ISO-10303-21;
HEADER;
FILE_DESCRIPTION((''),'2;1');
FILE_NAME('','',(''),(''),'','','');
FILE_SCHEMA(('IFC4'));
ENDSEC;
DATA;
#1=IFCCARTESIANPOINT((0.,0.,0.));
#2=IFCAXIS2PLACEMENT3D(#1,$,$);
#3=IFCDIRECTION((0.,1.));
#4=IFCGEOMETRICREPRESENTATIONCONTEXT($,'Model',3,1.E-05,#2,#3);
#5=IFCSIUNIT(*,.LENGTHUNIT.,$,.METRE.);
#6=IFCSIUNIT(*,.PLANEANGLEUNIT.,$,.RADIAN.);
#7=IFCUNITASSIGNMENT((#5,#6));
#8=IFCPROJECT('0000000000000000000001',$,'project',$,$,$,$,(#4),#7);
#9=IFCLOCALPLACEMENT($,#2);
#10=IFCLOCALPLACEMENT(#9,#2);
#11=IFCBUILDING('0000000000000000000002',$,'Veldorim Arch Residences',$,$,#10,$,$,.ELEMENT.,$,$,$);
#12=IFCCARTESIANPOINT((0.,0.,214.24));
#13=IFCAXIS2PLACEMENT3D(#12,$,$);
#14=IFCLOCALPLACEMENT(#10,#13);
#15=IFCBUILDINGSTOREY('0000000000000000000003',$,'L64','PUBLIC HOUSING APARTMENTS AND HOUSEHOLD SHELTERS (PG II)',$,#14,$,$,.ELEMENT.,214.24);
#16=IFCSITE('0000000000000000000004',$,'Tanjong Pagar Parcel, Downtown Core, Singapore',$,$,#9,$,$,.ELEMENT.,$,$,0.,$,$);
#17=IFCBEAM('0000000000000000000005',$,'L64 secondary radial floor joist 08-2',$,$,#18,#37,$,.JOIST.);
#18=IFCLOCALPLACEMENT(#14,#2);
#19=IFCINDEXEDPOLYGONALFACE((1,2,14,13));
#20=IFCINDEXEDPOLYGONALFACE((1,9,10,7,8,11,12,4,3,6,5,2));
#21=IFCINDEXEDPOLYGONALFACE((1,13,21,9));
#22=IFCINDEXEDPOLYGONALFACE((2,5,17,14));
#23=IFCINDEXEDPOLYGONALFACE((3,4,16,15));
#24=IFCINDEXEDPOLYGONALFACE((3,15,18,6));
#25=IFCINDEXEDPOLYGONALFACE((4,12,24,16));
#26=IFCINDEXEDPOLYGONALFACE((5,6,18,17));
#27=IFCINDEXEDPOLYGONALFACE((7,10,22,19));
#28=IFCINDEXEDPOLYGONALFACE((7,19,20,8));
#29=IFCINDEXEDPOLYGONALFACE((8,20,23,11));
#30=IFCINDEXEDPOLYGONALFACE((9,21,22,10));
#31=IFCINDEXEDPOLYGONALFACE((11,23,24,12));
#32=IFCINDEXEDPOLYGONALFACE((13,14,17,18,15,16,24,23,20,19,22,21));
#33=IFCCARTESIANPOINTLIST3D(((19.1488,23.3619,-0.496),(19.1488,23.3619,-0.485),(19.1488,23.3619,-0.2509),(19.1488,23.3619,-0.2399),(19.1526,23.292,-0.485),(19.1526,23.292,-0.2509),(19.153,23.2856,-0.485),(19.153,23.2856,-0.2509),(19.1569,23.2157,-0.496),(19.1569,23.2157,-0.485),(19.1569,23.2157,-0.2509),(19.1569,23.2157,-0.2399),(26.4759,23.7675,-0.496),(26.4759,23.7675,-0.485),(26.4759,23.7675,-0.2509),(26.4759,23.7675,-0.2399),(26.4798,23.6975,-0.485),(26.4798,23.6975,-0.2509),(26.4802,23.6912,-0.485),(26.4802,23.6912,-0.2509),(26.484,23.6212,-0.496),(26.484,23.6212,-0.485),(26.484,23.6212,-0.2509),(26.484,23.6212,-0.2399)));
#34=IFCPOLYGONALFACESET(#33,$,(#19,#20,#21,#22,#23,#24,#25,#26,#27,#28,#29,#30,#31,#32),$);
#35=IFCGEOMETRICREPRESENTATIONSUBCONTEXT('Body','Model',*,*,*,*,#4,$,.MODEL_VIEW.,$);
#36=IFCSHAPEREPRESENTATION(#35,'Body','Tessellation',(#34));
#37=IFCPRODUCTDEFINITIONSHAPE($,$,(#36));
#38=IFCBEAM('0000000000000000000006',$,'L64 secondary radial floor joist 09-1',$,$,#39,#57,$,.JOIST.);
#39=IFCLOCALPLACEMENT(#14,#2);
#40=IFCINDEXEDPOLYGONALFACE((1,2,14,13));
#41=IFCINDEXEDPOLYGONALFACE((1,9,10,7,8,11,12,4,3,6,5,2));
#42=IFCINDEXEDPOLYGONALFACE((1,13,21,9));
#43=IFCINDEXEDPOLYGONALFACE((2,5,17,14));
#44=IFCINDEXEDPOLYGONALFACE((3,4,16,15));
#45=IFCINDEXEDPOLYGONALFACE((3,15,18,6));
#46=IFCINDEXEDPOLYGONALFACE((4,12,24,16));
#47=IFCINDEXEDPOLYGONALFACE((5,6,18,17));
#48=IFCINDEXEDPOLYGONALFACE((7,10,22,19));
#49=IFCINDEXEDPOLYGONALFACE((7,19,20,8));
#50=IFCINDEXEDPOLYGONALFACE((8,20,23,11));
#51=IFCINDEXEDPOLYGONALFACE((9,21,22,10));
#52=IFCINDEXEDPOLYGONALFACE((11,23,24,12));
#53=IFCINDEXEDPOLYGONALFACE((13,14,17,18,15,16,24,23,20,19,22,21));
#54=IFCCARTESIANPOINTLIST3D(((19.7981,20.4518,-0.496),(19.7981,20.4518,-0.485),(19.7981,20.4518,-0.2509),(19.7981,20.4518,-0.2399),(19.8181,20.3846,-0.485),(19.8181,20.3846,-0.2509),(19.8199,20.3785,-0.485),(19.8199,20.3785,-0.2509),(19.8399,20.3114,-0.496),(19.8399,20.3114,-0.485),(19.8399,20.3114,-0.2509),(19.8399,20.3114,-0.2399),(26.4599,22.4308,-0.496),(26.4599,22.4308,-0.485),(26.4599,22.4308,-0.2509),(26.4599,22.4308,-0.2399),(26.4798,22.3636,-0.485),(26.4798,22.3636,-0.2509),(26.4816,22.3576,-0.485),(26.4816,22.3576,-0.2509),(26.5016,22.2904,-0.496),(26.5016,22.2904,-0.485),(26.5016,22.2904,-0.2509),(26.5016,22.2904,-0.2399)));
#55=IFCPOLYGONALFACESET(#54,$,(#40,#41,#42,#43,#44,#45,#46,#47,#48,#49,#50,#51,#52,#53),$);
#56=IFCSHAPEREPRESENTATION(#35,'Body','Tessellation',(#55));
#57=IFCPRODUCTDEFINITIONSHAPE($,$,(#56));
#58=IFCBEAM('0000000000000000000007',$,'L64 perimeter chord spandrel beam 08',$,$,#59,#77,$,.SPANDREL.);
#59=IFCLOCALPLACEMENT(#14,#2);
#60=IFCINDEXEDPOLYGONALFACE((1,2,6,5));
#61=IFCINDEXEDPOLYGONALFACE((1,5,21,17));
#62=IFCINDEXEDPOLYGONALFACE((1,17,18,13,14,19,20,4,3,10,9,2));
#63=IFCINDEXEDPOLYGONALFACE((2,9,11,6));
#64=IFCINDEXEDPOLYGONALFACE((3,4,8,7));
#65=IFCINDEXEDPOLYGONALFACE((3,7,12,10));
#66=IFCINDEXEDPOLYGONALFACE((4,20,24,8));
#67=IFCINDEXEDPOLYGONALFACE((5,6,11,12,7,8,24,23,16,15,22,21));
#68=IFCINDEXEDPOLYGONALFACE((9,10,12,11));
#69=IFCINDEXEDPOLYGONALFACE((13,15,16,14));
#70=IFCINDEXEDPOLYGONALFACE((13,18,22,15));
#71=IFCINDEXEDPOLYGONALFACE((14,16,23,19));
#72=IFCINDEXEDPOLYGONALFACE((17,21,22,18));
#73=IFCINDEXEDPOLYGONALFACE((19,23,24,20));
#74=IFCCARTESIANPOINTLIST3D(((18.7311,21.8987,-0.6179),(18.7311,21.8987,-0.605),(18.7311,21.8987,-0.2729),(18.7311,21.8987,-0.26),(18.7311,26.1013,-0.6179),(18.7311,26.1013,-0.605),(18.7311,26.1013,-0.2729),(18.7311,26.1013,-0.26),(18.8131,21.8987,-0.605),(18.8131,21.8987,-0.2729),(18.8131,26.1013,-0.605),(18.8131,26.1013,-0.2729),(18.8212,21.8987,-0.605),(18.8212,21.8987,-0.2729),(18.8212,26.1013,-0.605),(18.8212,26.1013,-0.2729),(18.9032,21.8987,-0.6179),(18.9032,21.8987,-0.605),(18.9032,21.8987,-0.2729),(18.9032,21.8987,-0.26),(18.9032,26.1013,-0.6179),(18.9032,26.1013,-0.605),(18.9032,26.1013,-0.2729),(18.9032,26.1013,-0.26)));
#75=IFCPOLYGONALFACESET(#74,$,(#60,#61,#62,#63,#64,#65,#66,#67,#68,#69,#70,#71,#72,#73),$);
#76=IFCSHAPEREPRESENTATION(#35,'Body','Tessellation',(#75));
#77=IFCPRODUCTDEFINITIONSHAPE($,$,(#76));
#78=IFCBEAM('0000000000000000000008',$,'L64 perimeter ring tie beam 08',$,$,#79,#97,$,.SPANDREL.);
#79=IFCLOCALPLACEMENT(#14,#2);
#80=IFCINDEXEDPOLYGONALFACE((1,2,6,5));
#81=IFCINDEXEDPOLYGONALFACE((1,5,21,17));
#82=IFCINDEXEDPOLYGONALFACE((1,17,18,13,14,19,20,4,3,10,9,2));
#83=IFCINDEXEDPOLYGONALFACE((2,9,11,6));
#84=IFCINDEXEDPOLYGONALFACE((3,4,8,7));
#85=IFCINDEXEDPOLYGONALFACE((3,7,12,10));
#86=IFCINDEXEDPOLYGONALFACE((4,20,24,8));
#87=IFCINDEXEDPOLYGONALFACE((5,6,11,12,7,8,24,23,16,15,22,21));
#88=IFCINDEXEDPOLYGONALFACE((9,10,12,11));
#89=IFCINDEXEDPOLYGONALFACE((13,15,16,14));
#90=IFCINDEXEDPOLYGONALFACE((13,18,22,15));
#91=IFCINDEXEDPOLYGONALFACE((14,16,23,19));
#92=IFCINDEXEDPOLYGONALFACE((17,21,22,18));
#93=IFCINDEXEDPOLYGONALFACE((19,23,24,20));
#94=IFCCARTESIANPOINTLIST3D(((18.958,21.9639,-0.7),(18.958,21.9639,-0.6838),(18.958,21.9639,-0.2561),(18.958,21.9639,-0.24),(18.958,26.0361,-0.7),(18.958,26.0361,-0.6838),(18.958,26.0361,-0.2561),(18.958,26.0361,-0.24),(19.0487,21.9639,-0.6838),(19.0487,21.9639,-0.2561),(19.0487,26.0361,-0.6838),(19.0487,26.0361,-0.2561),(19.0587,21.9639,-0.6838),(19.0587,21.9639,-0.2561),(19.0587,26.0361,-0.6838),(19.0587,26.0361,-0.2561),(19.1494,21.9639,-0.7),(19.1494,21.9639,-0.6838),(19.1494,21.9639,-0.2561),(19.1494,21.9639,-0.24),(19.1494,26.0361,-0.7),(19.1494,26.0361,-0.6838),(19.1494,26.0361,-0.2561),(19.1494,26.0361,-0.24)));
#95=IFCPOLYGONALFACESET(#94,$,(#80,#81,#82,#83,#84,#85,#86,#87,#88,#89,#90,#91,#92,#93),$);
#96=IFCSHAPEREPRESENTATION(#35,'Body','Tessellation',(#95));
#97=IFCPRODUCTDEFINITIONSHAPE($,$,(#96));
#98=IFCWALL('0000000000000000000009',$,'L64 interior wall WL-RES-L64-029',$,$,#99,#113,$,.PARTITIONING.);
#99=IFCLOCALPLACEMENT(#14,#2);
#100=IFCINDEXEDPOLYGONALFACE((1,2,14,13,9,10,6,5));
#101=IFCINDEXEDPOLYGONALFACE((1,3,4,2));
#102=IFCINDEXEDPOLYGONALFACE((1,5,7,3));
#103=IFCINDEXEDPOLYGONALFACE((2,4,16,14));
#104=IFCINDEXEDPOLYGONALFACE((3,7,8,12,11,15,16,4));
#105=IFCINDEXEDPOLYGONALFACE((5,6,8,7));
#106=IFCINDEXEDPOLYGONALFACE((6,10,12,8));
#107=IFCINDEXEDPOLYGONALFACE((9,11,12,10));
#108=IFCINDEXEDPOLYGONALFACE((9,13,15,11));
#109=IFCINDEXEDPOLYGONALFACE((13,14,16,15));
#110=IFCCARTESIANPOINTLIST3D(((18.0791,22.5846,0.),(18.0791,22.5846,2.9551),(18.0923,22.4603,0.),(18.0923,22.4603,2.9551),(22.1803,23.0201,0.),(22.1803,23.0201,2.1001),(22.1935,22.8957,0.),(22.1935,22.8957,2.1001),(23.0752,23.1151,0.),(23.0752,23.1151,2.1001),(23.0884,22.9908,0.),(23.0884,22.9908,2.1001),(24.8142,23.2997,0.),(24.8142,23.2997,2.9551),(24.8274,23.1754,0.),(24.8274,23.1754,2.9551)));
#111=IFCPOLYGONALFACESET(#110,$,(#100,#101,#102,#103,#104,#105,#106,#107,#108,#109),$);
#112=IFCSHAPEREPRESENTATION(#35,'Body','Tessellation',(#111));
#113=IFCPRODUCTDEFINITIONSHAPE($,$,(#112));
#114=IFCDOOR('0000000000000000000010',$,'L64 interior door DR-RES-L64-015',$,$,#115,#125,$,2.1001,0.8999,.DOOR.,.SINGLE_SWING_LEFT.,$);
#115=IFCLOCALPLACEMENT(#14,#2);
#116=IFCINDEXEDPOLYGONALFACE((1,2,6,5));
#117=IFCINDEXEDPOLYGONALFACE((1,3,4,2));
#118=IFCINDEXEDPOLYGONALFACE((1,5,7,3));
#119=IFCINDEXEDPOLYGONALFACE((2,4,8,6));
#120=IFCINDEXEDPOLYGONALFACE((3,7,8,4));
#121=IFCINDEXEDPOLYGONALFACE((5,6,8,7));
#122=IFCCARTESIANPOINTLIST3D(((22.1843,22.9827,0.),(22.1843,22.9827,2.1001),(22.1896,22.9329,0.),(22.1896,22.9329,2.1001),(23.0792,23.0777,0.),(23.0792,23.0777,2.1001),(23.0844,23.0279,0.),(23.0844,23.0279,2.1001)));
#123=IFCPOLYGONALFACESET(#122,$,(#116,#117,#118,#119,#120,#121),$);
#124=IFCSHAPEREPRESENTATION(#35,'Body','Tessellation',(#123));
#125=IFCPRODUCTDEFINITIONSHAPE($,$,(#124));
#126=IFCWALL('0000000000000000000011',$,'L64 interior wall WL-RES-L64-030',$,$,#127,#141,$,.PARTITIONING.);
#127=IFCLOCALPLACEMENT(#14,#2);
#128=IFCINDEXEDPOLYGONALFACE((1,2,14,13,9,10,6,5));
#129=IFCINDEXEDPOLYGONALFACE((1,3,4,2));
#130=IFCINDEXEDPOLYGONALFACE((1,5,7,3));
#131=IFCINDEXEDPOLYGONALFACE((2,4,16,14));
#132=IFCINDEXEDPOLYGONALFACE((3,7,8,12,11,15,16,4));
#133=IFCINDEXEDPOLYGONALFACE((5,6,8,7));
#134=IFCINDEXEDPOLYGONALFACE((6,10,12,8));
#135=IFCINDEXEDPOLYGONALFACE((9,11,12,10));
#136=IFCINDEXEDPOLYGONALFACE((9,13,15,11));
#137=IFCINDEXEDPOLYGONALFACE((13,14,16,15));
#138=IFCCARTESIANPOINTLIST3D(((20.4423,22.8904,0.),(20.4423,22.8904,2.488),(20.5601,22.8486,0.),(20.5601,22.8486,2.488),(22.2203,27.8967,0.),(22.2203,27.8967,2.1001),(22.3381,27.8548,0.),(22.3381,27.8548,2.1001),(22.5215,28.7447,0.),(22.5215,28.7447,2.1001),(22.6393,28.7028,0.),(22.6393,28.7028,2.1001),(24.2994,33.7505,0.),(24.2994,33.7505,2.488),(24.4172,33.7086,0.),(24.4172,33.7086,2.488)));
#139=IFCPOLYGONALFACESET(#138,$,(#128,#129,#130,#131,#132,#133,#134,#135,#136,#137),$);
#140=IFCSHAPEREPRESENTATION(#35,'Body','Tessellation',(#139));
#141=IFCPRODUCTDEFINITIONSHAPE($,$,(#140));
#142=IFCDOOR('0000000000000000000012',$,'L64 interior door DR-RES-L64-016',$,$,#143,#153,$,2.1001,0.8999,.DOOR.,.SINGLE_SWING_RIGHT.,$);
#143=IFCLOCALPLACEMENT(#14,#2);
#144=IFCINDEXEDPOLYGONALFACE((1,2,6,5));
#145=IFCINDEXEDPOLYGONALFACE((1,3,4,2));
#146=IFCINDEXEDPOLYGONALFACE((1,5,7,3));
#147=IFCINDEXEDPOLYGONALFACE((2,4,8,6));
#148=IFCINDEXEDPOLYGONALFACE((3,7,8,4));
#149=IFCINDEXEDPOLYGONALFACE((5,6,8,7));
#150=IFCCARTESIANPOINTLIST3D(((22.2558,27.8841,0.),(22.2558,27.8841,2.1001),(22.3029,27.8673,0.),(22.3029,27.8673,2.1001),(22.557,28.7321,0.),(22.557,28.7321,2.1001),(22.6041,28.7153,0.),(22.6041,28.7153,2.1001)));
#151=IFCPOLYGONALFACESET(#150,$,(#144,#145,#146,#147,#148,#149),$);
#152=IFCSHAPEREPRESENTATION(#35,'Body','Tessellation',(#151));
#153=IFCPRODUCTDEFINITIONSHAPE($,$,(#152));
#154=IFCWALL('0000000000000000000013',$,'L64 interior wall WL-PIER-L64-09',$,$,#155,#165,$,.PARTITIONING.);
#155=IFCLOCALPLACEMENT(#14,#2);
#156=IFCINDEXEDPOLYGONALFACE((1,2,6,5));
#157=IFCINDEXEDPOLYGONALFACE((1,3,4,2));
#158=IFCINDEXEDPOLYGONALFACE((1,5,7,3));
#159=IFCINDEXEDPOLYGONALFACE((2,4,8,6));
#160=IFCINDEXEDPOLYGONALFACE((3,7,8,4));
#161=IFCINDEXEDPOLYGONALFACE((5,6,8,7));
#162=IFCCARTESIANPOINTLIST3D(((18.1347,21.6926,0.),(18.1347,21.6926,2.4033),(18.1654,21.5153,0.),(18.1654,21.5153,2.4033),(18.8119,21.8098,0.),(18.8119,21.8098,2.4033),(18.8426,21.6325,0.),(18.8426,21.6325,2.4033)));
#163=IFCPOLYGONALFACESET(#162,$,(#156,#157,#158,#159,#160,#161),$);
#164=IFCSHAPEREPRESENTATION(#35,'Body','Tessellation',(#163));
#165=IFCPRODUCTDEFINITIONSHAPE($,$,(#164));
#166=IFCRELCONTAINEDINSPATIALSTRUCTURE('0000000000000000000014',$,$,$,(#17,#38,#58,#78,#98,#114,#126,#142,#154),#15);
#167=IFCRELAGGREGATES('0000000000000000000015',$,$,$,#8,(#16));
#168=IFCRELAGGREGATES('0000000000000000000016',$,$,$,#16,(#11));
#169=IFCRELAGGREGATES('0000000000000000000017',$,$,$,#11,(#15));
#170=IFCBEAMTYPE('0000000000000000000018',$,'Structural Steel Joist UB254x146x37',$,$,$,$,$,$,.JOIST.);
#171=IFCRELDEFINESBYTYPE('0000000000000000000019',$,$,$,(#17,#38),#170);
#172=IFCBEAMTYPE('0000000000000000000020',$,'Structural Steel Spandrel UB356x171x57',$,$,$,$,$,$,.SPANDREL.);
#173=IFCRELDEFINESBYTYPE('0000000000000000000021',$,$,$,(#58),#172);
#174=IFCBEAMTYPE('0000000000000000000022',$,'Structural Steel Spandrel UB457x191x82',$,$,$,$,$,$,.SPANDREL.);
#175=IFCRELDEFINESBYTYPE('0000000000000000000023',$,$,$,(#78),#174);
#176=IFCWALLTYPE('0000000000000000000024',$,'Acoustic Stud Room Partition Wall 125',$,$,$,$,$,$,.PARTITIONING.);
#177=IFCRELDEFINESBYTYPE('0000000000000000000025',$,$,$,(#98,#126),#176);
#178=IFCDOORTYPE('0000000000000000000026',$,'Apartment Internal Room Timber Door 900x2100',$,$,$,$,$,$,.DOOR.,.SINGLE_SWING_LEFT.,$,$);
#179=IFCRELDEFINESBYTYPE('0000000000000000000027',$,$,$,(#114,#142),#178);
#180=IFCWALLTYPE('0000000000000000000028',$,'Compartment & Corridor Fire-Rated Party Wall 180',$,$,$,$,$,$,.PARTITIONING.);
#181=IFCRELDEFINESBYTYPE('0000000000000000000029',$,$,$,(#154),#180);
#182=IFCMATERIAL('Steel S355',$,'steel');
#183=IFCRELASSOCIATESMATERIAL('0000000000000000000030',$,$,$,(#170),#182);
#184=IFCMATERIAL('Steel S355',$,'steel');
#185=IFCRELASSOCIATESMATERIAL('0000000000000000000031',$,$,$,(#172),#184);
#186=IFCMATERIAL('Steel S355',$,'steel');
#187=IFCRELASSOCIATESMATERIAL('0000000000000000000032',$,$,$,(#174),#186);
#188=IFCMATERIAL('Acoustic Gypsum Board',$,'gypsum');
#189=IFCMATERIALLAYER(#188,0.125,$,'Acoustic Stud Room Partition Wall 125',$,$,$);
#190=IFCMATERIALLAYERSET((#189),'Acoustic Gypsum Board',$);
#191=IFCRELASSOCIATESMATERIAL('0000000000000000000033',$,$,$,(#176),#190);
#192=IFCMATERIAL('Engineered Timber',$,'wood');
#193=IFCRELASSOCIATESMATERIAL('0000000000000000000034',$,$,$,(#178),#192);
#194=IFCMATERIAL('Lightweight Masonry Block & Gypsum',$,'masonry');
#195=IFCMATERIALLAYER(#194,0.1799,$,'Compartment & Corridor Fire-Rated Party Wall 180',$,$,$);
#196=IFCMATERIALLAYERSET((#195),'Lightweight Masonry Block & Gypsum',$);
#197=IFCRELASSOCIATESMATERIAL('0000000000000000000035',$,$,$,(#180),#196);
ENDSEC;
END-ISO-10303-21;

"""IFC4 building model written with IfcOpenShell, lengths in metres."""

from ifc_helpers import new_model, si_unit, direction, frame, frame_2d, origin, origin_2d, place, context, subcontext, project, spatial, rectangle, i_section, extrude, material, layer, layer_set, material_profile, profile_set, type_object, element, fill, save


model = new_model("IFC4")

# Units and contexts
model_context = context("Model", 3, precision=1e-05, world=origin(), true_north=direction((0.0, 1.0)))
body_context = subcontext(model_context, "Body", "Model", "MODEL_VIEW")
ifc_project = project(units=[si_unit("LENGTHUNIT", "METRE"), si_unit("PLANEANGLEUNIT", "RADIAN")], contexts=[model_context])

# Site, building, storey
site_placement = place(None, origin())
site = spatial("IfcSite", under=ifc_project, at=site_placement, Name="Tanjong Pagar Parcel, Downtown Core, Singapore", CompositionType="ELEMENT", RefElevation=0.0)
building_placement = place(site_placement, origin())
building = spatial("IfcBuilding", under=site, at=building_placement, Name="Veldorim Arch Residences", CompositionType="ELEMENT")
storey_placement = place(building_placement, frame((0.0, 0.0, 214.24)))
storey = spatial("IfcBuildingStorey", under=building, at=storey_placement, Name="L64", Description="PUBLIC HOUSING APARTMENTS AND HOUSEHOLD SHELTERS (PG II)", CompositionType="ELEMENT", Elevation=214.24)

# Beams
ifc_material_1 = material(Name="Steel S355", Category="steel")
ifc_material_profile_1 = material_profile(ifc_material_1, i_section(OverallWidth=0.1465, OverallDepth=0.2561, WebThickness=0.0063, FlangeThickness=0.011, at=origin_2d()), Name="UB254x146x37")
ifc_profile_set_1 = profile_set([ifc_material_profile_1], Name="Steel S355")
beam_type_1 = type_object("IfcBeamType", Name="Structural Steel Joist UB254x146x37", PredefinedType="JOIST", material=ifc_profile_set_1)
for number, where, z_axis, x_axis, name in (
    (1, (26.48, 23.6943, -0.3679), (-0.998472, -0.05526, 0.0), (0.05526, -0.998472, 0.0), "L64 secondary radial floor joist 08-2"),
):
    element("IfcBeam", number, at=place(storey_placement, frame(where, z_axis=z_axis, x_axis=x_axis)), inside=storey, type_object=beam_type_1, Name=name, PredefinedType="JOIST", context=body_context, shape_type="SweptSolid", body=[
        extrude(i_section(OverallWidth=0.1465, OverallDepth=0.2561, WebThickness=0.0063, FlangeThickness=0.011, at=origin_2d()), origin(), (0.0, 0.0, 1.0), 7.3384),
    ])
beam_1_placement = place(storey_placement, frame((26.4807, 22.3606, -0.3679), z_axis=(-0.958594, -0.284775, 0.0), x_axis=(0.284775, -0.958594, 0.0)))
element("IfcBeam", 2, at=beam_1_placement, inside=storey, type_object=beam_type_1, Name="L64 secondary radial floor joist 09-1", PredefinedType="JOIST", context=body_context, shape_type="SweptSolid", body=[
    extrude(i_section(OverallWidth=0.1465, OverallDepth=0.2561, WebThickness=0.0063, FlangeThickness=0.011, at=origin_2d()), origin(), (0.0, 0.0, 1.0), 6.9495),
])
ifc_material_2 = material(Name="Steel S355", Category="steel")
ifc_material_profile_2 = material_profile(ifc_material_2, i_section(OverallWidth=0.1721, OverallDepth=0.3579, WebThickness=0.0081, FlangeThickness=0.0129, at=origin_2d()), Name="UB356x171x57")
ifc_profile_set_2 = profile_set([ifc_material_profile_2], Name="Steel S355")
beam_type_2 = type_object("IfcBeamType", Name="Structural Steel Spandrel UB356x171x57", PredefinedType="SPANDREL", material=ifc_profile_set_2)
beam_2_placement = place(storey_placement, frame((18.8171, 26.1013, -0.439), z_axis=(0.0, -1.0, 0.0), x_axis=(1.0, 0.0, 0.0)))
element("IfcBeam", 3, at=beam_2_placement, inside=storey, type_object=beam_type_2, Name="L64 perimeter chord spandrel beam 08", PredefinedType="SPANDREL", context=body_context, shape_type="SweptSolid", body=[
    extrude(i_section(OverallWidth=0.1721, OverallDepth=0.3579, WebThickness=0.0081, FlangeThickness=0.0129, at=origin_2d()), origin(), (0.0, 0.0, 1.0), 4.2026),
])
ifc_material_3 = material(Name="Steel S355", Category="steel")
ifc_material_profile_3 = material_profile(ifc_material_3, i_section(OverallWidth=0.1914, OverallDepth=0.46, WebThickness=0.01, FlangeThickness=0.0161, at=origin_2d()), Name="UB457x191x82")
ifc_profile_set_3 = profile_set([ifc_material_profile_3], Name="Steel S355")
beam_type_3 = type_object("IfcBeamType", Name="Structural Steel Spandrel UB457x191x82", PredefinedType="SPANDREL", material=ifc_profile_set_3)
beam_3_placement = place(storey_placement, frame((19.0537, 26.0361, -0.47), z_axis=(0.0, -1.0, 0.0), x_axis=(1.0, 0.0, 0.0)))
element("IfcBeam", 4, at=beam_3_placement, inside=storey, type_object=beam_type_3, Name="L64 perimeter ring tie beam 08", PredefinedType="SPANDREL", context=body_context, shape_type="SweptSolid", body=[
    extrude(i_section(OverallWidth=0.1914, OverallDepth=0.46, WebThickness=0.01, FlangeThickness=0.0161, at=origin_2d()), origin(), (0.0, 0.0, 1.0), 4.0723),
])

# Walls, openings, doors
ifc_material_4 = material(Name="Acoustic Gypsum Board", Category="gypsum")
ifc_layer_1 = layer(ifc_material_4, 0.125, Name="Acoustic Stud Room Partition Wall 125")
ifc_layer_set_1 = layer_set([ifc_layer_1], Name="Acoustic Gypsum Board")
wall_type_1 = type_object("IfcWallType", Name="Acoustic Stud Room Partition Wall 125", PredefinedType="PARTITIONING", material=ifc_layer_set_1)
wall_1_placement = place(storey_placement, frame((18.0857, 22.5225, 0.0), z_axis=(0.0, 0.0, 1.0), x_axis=(0.994411, 0.10558, 0.0)))
wall_1 = element("IfcWall", 5, at=wall_1_placement, inside=storey, type_object=wall_type_1, Name="L64 interior wall WL-RES-L64-029", PredefinedType="PARTITIONING", context=body_context, shape_type="SweptSolid", body=[
    extrude(rectangle(XDim=6.7729, YDim=0.125, at=frame_2d((3.3865, 0.0))), origin(), (0.0, 0.0, 1.0), 2.9551),
])
opening_1_placement = place(wall_1_placement, frame((4.1243, 0.0, 0.0)))
opening_1 = element("IfcOpeningElement", 6, at=opening_1_placement, cuts=wall_1, PredefinedType="OPENING", context=body_context, shape_type="SweptSolid", body=[
    extrude(rectangle(XDim=0.8999, YDim=2.1001, at=frame_2d((0.45, 1.05))), frame((0.0, 0.0725, 0.0), z_axis=(0.0, -1.0, 0.0), x_axis=(1.0, 0.0, 0.0)), (0.0, 0.0, 1.0), 0.145),
])
ifc_material_5 = material(Name="Engineered Timber", Category="wood")
door_type = type_object("IfcDoorType", Name="Apartment Internal Room Timber Door 900x2100", OperationType="SINGLE_SWING_LEFT", PredefinedType="DOOR", material=ifc_material_5)
door_1_placement = place(opening_1_placement, origin())
door_1 = element("IfcDoor", 7, at=door_1_placement, inside=storey, type_object=door_type, Name="L64 interior door DR-RES-L64-015", OperationType="SINGLE_SWING_LEFT", OverallHeight=2.1001, OverallWidth=0.8999, PredefinedType="DOOR", context=body_context, shape_type="SweptSolid", body=[
    extrude(rectangle(XDim=0.8999, YDim=2.1001, at=frame_2d((0.45, 1.05))), frame((0.0, 0.0249, 0.0), z_axis=(0.0, -1.0, 0.0), x_axis=(1.0, 0.0, 0.0)), (0.0, 0.0, 1.0), 0.05),
])
fill(opening_1, door_1)
wall_2_placement = place(storey_placement, frame((20.5012, 22.8696, 0.0), z_axis=(0.0, 0.0, 1.0), x_axis=(0.334687, 0.942329, 0.0)))
wall_2 = element("IfcWall", 8, at=wall_2_placement, inside=storey, type_object=wall_type_1, Name="L64 interior wall WL-RES-L64-030", PredefinedType="PARTITIONING", context=body_context, shape_type="SweptSolid", body=[
    extrude(rectangle(XDim=11.5247, YDim=0.125, at=frame_2d((5.7622, 0.0))), origin(), (0.0, 0.0, 1.0), 2.488),
])
opening_2_placement = place(wall_2_placement, frame((5.3125, 0.0, 0.0)))
opening_2 = element("IfcOpeningElement", 9, at=opening_2_placement, cuts=wall_2, PredefinedType="OPENING", context=body_context, shape_type="SweptSolid", body=[
    extrude(rectangle(XDim=0.8999, YDim=2.1001, at=frame_2d((0.45, 1.05))), frame((0.0, 0.0725, 0.0), z_axis=(0.0, -1.0, 0.0), x_axis=(1.0, 0.0, 0.0)), (0.0, 0.0, 1.0), 0.145),
])
door_2_placement = place(opening_2_placement, origin())
door_2 = element("IfcDoor", 10, at=door_2_placement, inside=storey, type_object=door_type, Name="L64 interior door DR-RES-L64-016", OperationType="SINGLE_SWING_RIGHT", OverallHeight=2.1001, OverallWidth=0.8999, PredefinedType="DOOR", context=body_context, shape_type="SweptSolid", body=[
    extrude(rectangle(XDim=0.8999, YDim=2.1001, at=frame_2d((0.45, 1.05))), frame((0.0, 0.0249, 0.0), z_axis=(0.0, -1.0, 0.0), x_axis=(1.0, 0.0, 0.0)), (0.0, 0.0, 1.0), 0.05),
])
fill(opening_2, door_2)

# Wall
ifc_material_6 = material(Name="Lightweight Masonry Block & Gypsum", Category="masonry")
ifc_layer_2 = layer(ifc_material_6, 0.1799, Name="Compartment & Corridor Fire-Rated Party Wall 180")
ifc_layer_set_2 = layer_set([ifc_layer_2], Name="Lightweight Masonry Block & Gypsum")
wall_type_2 = type_object("IfcWallType", Name="Compartment & Corridor Fire-Rated Party Wall 180", PredefinedType="PARTITIONING", material=ifc_layer_set_2)
wall_3_placement = place(storey_placement, frame((18.8274, 21.7212, 0.0), z_axis=(0.0, 0.0, 1.0), x_axis=(-0.985357, -0.170502, 0.0)))
element("IfcWall", 11, at=wall_3_placement, inside=storey, type_object=wall_type_2, Name="L64 interior wall WL-PIER-L64-09", PredefinedType="PARTITIONING", context=body_context, shape_type="SweptSolid", body=[
    extrude(rectangle(XDim=0.6873, YDim=0.1799, at=frame_2d((0.3438, 0.0))), origin(), (0.0, 0.0, 1.0), 2.4033),
])

save(model, "model.ifc")
